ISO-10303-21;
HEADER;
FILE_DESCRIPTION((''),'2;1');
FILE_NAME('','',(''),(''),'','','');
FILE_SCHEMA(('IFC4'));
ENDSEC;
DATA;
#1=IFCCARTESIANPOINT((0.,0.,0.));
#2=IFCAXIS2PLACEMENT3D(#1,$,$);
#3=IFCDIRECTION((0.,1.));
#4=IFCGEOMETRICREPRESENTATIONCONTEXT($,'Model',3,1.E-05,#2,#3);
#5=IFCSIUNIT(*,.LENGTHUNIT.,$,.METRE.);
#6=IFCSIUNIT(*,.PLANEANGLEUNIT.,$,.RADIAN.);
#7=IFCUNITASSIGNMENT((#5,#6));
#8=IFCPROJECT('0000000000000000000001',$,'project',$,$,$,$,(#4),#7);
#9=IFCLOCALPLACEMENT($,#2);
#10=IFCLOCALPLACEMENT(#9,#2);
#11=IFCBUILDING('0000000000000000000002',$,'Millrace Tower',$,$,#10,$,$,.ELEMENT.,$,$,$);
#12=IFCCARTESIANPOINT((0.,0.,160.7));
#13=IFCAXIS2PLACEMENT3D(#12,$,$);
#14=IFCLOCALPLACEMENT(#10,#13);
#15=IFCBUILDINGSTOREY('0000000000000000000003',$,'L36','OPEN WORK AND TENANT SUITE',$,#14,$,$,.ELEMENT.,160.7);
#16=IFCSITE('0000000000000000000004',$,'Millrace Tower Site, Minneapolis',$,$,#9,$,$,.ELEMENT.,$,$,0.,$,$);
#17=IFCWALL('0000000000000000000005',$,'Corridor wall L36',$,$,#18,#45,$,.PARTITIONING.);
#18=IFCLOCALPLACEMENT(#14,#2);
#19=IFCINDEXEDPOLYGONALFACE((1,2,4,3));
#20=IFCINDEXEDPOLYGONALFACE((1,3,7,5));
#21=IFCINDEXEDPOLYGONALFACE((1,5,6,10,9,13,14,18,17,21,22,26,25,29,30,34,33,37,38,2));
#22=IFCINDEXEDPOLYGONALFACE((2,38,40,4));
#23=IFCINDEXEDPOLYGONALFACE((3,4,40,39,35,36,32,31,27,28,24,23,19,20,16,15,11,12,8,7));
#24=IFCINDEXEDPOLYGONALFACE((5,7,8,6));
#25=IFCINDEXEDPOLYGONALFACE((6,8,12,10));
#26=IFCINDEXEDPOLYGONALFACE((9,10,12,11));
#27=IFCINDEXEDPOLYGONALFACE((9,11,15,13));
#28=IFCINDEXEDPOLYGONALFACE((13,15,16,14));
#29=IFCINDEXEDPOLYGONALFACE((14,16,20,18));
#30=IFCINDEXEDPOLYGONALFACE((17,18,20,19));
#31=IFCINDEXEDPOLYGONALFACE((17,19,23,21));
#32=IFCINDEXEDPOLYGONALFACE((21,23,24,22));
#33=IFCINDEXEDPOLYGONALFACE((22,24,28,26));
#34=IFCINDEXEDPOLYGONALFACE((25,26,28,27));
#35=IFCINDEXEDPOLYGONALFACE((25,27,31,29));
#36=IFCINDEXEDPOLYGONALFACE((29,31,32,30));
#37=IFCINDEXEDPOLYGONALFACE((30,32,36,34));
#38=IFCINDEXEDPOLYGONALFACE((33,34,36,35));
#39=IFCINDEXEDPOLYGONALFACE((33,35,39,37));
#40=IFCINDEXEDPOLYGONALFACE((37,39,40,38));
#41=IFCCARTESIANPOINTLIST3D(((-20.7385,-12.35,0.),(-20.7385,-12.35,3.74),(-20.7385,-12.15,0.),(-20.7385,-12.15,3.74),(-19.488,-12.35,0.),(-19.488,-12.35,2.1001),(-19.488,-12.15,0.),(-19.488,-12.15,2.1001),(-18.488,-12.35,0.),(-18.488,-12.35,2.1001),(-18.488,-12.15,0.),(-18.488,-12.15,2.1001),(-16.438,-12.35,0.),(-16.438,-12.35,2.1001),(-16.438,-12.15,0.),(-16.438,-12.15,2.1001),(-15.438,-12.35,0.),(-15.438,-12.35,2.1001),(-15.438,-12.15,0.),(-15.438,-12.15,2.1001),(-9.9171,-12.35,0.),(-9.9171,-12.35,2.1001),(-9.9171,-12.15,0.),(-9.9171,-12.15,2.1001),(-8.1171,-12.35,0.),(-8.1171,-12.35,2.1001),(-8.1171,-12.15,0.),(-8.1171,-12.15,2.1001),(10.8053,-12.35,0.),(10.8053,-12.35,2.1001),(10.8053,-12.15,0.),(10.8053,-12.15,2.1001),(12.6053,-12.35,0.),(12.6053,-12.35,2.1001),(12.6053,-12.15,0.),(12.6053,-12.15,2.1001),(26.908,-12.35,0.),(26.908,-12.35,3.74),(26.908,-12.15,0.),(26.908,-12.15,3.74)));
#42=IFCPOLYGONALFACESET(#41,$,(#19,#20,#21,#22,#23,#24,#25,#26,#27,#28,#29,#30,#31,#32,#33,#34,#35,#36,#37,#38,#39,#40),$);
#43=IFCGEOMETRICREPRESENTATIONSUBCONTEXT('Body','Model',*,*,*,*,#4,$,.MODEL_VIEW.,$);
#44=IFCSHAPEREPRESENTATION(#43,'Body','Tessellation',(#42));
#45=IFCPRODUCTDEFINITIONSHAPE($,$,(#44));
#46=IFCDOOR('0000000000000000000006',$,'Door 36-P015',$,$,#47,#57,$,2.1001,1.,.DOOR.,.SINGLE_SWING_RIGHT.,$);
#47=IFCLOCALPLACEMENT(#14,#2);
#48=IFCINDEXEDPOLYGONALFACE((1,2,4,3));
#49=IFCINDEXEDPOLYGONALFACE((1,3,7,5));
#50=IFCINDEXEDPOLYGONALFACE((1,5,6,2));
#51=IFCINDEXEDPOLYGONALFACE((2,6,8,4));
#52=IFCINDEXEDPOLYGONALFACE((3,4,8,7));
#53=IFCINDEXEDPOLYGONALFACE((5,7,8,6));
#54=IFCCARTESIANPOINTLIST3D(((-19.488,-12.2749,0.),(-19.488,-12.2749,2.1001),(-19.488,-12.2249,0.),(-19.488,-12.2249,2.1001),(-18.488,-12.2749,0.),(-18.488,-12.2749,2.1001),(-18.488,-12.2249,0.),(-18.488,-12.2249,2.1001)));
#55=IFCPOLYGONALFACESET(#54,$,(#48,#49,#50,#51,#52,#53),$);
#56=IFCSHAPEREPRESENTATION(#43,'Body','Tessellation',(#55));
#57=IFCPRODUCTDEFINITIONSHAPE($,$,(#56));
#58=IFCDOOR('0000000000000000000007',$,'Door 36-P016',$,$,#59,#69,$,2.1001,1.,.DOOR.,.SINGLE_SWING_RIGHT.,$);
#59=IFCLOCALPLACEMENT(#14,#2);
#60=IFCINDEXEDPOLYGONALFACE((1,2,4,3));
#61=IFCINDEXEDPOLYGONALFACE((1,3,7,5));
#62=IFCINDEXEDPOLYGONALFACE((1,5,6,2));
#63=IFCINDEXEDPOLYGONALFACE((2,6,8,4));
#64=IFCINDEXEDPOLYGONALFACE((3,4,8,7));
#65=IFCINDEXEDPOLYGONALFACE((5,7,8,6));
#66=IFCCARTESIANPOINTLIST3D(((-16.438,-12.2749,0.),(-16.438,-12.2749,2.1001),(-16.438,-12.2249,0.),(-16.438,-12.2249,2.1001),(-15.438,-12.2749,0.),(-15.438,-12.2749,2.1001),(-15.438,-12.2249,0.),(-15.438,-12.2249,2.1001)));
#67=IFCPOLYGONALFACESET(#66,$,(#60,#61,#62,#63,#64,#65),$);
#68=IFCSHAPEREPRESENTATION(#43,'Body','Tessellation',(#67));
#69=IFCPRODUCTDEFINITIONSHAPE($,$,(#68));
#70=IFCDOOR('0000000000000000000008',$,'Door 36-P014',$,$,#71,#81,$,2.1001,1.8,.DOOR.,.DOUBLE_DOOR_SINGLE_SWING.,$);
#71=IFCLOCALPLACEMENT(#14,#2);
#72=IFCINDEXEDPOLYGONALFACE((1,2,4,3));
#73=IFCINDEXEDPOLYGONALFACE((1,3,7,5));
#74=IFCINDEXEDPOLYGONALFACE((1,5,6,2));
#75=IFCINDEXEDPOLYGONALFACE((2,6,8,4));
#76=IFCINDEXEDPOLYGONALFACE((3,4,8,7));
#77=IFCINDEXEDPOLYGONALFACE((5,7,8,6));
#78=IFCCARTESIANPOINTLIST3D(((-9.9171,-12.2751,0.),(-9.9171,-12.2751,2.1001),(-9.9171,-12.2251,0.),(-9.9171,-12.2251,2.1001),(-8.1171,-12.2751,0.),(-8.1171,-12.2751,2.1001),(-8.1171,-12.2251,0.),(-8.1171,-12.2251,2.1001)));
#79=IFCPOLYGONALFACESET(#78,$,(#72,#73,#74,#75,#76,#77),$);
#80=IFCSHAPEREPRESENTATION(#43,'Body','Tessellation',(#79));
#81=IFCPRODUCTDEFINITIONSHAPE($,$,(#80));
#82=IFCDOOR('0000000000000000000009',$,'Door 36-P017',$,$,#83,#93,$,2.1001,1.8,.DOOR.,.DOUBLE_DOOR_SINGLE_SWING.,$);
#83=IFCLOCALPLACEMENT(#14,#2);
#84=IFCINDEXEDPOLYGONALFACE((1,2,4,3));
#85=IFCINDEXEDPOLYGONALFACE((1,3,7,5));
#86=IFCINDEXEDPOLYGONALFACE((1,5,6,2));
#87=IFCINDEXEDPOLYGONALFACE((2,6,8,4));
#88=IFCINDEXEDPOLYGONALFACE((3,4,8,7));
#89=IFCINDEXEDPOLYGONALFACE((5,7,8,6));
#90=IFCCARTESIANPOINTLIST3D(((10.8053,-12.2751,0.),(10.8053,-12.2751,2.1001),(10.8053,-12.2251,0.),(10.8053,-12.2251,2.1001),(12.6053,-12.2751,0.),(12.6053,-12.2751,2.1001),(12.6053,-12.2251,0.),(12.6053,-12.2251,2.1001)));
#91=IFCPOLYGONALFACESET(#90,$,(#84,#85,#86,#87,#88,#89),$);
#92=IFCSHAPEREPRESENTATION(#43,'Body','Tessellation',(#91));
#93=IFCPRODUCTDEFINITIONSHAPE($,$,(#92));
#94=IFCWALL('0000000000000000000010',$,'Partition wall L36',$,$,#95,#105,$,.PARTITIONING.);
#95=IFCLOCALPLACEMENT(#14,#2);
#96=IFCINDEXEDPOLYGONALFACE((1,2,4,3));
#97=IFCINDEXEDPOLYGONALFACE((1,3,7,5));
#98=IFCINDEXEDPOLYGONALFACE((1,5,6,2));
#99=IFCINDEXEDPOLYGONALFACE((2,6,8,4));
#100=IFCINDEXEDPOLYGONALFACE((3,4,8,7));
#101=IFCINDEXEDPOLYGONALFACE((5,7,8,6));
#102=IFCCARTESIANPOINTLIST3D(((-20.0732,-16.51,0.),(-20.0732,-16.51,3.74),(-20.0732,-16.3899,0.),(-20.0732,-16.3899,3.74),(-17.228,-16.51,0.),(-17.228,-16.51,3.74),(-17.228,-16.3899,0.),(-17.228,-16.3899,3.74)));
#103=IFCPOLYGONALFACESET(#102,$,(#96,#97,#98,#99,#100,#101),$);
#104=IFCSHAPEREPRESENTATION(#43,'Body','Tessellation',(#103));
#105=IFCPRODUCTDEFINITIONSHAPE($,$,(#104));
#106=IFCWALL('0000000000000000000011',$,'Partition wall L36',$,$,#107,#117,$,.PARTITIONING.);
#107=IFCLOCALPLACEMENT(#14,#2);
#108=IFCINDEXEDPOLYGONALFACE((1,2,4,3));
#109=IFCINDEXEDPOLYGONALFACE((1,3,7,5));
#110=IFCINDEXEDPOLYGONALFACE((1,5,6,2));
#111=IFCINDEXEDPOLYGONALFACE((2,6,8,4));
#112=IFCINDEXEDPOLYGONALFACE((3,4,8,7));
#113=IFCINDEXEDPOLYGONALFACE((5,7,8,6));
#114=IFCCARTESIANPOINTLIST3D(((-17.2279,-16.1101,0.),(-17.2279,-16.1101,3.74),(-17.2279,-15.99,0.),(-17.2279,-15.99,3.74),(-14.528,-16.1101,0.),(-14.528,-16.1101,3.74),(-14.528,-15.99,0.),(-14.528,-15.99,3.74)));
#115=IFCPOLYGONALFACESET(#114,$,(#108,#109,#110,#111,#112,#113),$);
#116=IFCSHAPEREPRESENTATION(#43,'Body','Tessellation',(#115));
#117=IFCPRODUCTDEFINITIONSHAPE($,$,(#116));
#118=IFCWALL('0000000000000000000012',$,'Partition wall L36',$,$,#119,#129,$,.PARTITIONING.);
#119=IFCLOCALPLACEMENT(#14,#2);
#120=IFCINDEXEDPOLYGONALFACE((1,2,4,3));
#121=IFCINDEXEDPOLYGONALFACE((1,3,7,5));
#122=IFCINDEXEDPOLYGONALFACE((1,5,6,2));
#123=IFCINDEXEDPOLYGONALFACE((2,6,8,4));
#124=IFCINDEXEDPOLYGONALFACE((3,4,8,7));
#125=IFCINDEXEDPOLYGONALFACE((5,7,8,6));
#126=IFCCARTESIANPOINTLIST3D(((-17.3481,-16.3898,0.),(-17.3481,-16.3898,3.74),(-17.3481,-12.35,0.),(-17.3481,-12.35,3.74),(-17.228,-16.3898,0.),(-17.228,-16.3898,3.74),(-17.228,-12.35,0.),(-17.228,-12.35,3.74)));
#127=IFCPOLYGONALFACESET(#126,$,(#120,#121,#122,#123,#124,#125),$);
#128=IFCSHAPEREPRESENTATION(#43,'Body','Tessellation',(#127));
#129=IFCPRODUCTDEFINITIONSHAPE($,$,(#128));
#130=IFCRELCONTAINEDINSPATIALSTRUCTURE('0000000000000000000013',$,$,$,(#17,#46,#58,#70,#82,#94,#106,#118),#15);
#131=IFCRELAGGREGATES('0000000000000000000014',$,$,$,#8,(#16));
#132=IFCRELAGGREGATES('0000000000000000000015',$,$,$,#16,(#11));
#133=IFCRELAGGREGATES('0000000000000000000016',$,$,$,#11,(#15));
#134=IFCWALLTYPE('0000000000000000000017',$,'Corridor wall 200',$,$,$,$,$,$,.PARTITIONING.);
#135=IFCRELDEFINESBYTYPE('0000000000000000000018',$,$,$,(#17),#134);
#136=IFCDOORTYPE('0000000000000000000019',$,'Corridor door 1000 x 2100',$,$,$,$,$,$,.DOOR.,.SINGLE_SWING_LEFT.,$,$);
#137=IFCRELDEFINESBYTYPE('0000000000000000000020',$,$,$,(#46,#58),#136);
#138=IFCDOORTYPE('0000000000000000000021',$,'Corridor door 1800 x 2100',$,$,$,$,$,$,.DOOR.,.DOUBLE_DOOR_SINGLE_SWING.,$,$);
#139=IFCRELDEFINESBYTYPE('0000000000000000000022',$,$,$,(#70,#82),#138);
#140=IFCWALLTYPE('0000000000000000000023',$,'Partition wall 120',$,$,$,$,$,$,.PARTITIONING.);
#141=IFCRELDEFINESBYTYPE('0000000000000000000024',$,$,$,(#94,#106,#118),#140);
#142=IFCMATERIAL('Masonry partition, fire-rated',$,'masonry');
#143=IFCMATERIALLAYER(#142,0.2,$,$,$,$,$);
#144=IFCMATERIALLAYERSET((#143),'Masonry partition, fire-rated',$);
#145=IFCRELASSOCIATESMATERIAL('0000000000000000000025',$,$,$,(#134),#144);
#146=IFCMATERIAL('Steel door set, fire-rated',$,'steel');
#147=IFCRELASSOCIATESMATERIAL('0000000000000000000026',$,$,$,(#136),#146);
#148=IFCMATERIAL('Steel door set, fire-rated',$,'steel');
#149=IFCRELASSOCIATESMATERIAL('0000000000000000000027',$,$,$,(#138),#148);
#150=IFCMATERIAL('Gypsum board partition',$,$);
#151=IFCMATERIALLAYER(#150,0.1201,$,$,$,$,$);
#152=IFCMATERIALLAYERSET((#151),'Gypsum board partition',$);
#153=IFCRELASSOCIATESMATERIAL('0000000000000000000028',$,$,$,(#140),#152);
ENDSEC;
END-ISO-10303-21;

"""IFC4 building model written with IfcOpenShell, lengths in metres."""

from ifc_helpers import new_model, si_unit, direction, frame, frame_2d, origin, place, context, subcontext, project, spatial, rectangle, extrude, material, layer, layer_set, type_object, element, fill, save


model = new_model("IFC4")

# Units and contexts
model_context = context("Model", 3, precision=1e-05, world=origin(), true_north=direction((0.0, 1.0)))
body_context = subcontext(model_context, "Body", "Model", "MODEL_VIEW")
ifc_project = project(units=[si_unit("LENGTHUNIT", "METRE"), si_unit("PLANEANGLEUNIT", "RADIAN")], contexts=[model_context])

# Site, building, storey
site_placement = place(None, origin())
site = spatial("IfcSite", under=ifc_project, at=site_placement, Name="Millrace Tower Site, Minneapolis", CompositionType="ELEMENT", RefElevation=0.0)
building_placement = place(site_placement, origin())
building = spatial("IfcBuilding", under=site, at=building_placement, Name="Millrace Tower", CompositionType="ELEMENT")
storey_placement = place(building_placement, frame((0.0, 0.0, 160.7)))
storey = spatial("IfcBuildingStorey", under=building, at=storey_placement, Name="L36", Description="OPEN WORK AND TENANT SUITE", CompositionType="ELEMENT", Elevation=160.7)

# Wall, openings, doors
ifc_material_1 = material(Name="Masonry partition, fire-rated", Category="masonry")
ifc_layer_1 = layer(ifc_material_1, 0.2)
ifc_layer_set_1 = layer_set([ifc_layer_1], Name="Masonry partition, fire-rated")
wall_type_1 = type_object("IfcWallType", Name="Corridor wall 200", PredefinedType="PARTITIONING", material=ifc_layer_set_1)
wall_1_placement = place(storey_placement, frame((-20.7385, -12.25, 0.0), z_axis=(0.0, 0.0, 1.0), x_axis=(1.0, 0.0, 0.0)))
wall_1 = element("IfcWall", 1, at=wall_1_placement, inside=storey, type_object=wall_type_1, Name="Corridor wall L36", PredefinedType="PARTITIONING", context=body_context, shape_type="SweptSolid", body=[
    extrude(rectangle(XDim=47.6465, YDim=0.2, at=frame_2d((23.8232, 0.0))), origin(), (0.0, 0.0, 1.0), 3.74),
])
opening_1_placement = place(wall_1_placement, frame((10.8215, 0.0, 0.0)))
opening_1 = element("IfcOpeningElement", 2, at=opening_1_placement, cuts=wall_1, PredefinedType="OPENING", context=body_context, shape_type="SweptSolid", body=[
    extrude(rectangle(XDim=1.8, YDim=2.1001, at=frame_2d((0.8999, 1.05))), frame((0.0, 0.1099, 0.0), z_axis=(0.0, -1.0, 0.0), x_axis=(1.0, 0.0, 0.0)), (0.0, 0.0, 1.0), 0.22),
])
opening_2_placement = place(wall_1_placement, frame((1.2505, 0.0, 0.0)))
opening_2 = element("IfcOpeningElement", 3, at=opening_2_placement, cuts=wall_1, PredefinedType="OPENING", context=body_context, shape_type="SweptSolid", body=[
    extrude(rectangle(XDim=1.0, YDim=2.1001, at=frame_2d((0.5, 1.05))), frame((0.0, 0.1099, 0.0), z_axis=(0.0, -1.0, 0.0), x_axis=(1.0, 0.0, 0.0)), (0.0, 0.0, 1.0), 0.22),
])
opening_3_placement = place(wall_1_placement, frame((4.3005, 0.0, 0.0)))
opening_3 = element("IfcOpeningElement", 4, at=opening_3_placement, cuts=wall_1, PredefinedType="OPENING", context=body_context, shape_type="SweptSolid", body=[
    extrude(rectangle(XDim=1.0, YDim=2.1001, at=frame_2d((0.5, 1.05))), frame((0.0, 0.1099, 0.0), z_axis=(0.0, -1.0, 0.0), x_axis=(1.0, 0.0, 0.0)), (0.0, 0.0, 1.0), 0.22),
])
opening_4_placement = place(wall_1_placement, frame((31.5439, 0.0, 0.0)))
opening_4 = element("IfcOpeningElement", 5, at=opening_4_placement, cuts=wall_1, PredefinedType="OPENING", context=body_context, shape_type="SweptSolid", body=[
    extrude(rectangle(XDim=1.8, YDim=2.1001, at=frame_2d((0.8999, 1.05))), frame((0.0, 0.1099, 0.0), z_axis=(0.0, -1.0, 0.0), x_axis=(1.0, 0.0, 0.0)), (0.0, 0.0, 1.0), 0.22),
])
ifc_material_2 = material(Name="Steel door set, fire-rated", Category="steel")
door_type_1 = type_object("IfcDoorType", Name="Corridor door 1000 x 2100", OperationType="SINGLE_SWING_LEFT", PredefinedType="DOOR", material=ifc_material_2)
door_1_placement = place(opening_2_placement, frame((1.0, 0.0, 0.0), z_axis=(0.0, 0.0, 1.0), x_axis=(-1.0, 0.0, 0.0)))
door_1 = element("IfcDoor", 6, at=door_1_placement, inside=storey, type_object=door_type_1, Name="Door 36-P015", OperationType="SINGLE_SWING_RIGHT", OverallHeight=2.1001, OverallWidth=1.0, PredefinedType="DOOR", context=body_context, shape_type="SweptSolid", body=[
    extrude(rectangle(XDim=1.0, YDim=2.1001, at=frame_2d((0.5, 1.05))), frame((0.0, 0.0249, 0.0), z_axis=(0.0, -1.0, 0.0), x_axis=(1.0, 0.0, 0.0)), (0.0, 0.0, 1.0), 0.05),
])
fill(opening_2, door_1)
door_2_placement = place(opening_3_placement, frame((1.0, 0.0, 0.0), z_axis=(0.0, 0.0, 1.0), x_axis=(-1.0, 0.0, 0.0)))
door_2 = element("IfcDoor", 7, at=door_2_placement, inside=storey, type_object=door_type_1, Name="Door 36-P016", OperationType="SINGLE_SWING_RIGHT", OverallHeight=2.1001, OverallWidth=1.0, PredefinedType="DOOR", context=body_context, shape_type="SweptSolid", body=[
    extrude(rectangle(XDim=1.0, YDim=2.1001, at=frame_2d((0.5, 1.05))), frame((0.0, 0.0249, 0.0), z_axis=(0.0, -1.0, 0.0), x_axis=(1.0, 0.0, 0.0)), (0.0, 0.0, 1.0), 0.05),
])
fill(opening_3, door_2)
ifc_material_3 = material(Name="Steel door set, fire-rated", Category="steel")
door_type_2 = type_object("IfcDoorType", Name="Corridor door 1800 x 2100", OperationType="DOUBLE_DOOR_SINGLE_SWING", PredefinedType="DOOR", material=ifc_material_3)
door_3_placement = place(opening_1_placement, origin())
door_3 = element("IfcDoor", 8, at=door_3_placement, inside=storey, type_object=door_type_2, Name="Door 36-P014", OperationType="DOUBLE_DOOR_SINGLE_SWING", OverallHeight=2.1001, OverallWidth=1.8, PredefinedType="DOOR", context=body_context, shape_type="SweptSolid", body=[
    extrude(rectangle(XDim=1.8, YDim=2.1001, at=frame_2d((0.8999, 1.05))), frame((0.0, 0.0249, 0.0), z_axis=(0.0, -1.0, 0.0), x_axis=(1.0, 0.0, 0.0)), (0.0, 0.0, 1.0), 0.05),
])
fill(opening_1, door_3)
door_4_placement = place(opening_4_placement, origin())
door_4 = element("IfcDoor", 9, at=door_4_placement, inside=storey, type_object=door_type_2, Name="Door 36-P017", OperationType="DOUBLE_DOOR_SINGLE_SWING", OverallHeight=2.1001, OverallWidth=1.8, PredefinedType="DOOR", context=body_context, shape_type="SweptSolid", body=[
    extrude(rectangle(XDim=1.8, YDim=2.1001, at=frame_2d((0.8999, 1.05))), frame((0.0, 0.0249, 0.0), z_axis=(0.0, -1.0, 0.0), x_axis=(1.0, 0.0, 0.0)), (0.0, 0.0, 1.0), 0.05),
])
fill(opening_4, door_4)

# Walls
ifc_material_4 = material(Name="Gypsum board partition")
ifc_layer_2 = layer(ifc_material_4, 0.1201)
ifc_layer_set_2 = layer_set([ifc_layer_2], Name="Gypsum board partition")
wall_type_2 = type_object("IfcWallType", Name="Partition wall 120", PredefinedType="PARTITIONING", material=ifc_layer_set_2)
wall_2_placement = place(storey_placement, frame((-20.0732, -16.45, 0.0), z_axis=(0.0, 0.0, 1.0), x_axis=(1.0, 0.0, 0.0)))
element("IfcWall", 10, at=wall_2_placement, inside=storey, type_object=wall_type_2, Name="Partition wall L36", PredefinedType="PARTITIONING", context=body_context, shape_type="SweptSolid", body=[
    extrude(rectangle(XDim=2.8452, YDim=0.1201, at=frame_2d((1.4226, 0.0))), origin(), (0.0, 0.0, 1.0), 3.74),
])
wall_3_placement = place(storey_placement, frame((-17.228, -16.05, 0.0), z_axis=(0.0, 0.0, 1.0), x_axis=(1.0, 0.0, 0.0)))
element("IfcWall", 11, at=wall_3_placement, inside=storey, type_object=wall_type_2, Name="Partition wall L36", PredefinedType="PARTITIONING", context=body_context, shape_type="SweptSolid", body=[
    extrude(rectangle(XDim=2.7, YDim=0.1201, at=frame_2d((1.3501, 0.0))), origin(), (0.0, 0.0, 1.0), 3.74),
])
wall_4_placement = place(storey_placement, frame((-17.2881, -16.3899, 0.0), z_axis=(0.0, 0.0, 1.0), x_axis=(0.0, 1.0, 0.0)))
element("IfcWall", 12, at=wall_4_placement, inside=storey, type_object=wall_type_2, Name="Partition wall L36", PredefinedType="PARTITIONING", context=body_context, shape_type="SweptSolid", body=[
    extrude(rectangle(XDim=4.0398, YDim=0.1201, at=frame_2d((2.02, 0.0))), origin(), (0.0, 0.0, 1.0), 3.74),
])

save(model, "model.ifc")
